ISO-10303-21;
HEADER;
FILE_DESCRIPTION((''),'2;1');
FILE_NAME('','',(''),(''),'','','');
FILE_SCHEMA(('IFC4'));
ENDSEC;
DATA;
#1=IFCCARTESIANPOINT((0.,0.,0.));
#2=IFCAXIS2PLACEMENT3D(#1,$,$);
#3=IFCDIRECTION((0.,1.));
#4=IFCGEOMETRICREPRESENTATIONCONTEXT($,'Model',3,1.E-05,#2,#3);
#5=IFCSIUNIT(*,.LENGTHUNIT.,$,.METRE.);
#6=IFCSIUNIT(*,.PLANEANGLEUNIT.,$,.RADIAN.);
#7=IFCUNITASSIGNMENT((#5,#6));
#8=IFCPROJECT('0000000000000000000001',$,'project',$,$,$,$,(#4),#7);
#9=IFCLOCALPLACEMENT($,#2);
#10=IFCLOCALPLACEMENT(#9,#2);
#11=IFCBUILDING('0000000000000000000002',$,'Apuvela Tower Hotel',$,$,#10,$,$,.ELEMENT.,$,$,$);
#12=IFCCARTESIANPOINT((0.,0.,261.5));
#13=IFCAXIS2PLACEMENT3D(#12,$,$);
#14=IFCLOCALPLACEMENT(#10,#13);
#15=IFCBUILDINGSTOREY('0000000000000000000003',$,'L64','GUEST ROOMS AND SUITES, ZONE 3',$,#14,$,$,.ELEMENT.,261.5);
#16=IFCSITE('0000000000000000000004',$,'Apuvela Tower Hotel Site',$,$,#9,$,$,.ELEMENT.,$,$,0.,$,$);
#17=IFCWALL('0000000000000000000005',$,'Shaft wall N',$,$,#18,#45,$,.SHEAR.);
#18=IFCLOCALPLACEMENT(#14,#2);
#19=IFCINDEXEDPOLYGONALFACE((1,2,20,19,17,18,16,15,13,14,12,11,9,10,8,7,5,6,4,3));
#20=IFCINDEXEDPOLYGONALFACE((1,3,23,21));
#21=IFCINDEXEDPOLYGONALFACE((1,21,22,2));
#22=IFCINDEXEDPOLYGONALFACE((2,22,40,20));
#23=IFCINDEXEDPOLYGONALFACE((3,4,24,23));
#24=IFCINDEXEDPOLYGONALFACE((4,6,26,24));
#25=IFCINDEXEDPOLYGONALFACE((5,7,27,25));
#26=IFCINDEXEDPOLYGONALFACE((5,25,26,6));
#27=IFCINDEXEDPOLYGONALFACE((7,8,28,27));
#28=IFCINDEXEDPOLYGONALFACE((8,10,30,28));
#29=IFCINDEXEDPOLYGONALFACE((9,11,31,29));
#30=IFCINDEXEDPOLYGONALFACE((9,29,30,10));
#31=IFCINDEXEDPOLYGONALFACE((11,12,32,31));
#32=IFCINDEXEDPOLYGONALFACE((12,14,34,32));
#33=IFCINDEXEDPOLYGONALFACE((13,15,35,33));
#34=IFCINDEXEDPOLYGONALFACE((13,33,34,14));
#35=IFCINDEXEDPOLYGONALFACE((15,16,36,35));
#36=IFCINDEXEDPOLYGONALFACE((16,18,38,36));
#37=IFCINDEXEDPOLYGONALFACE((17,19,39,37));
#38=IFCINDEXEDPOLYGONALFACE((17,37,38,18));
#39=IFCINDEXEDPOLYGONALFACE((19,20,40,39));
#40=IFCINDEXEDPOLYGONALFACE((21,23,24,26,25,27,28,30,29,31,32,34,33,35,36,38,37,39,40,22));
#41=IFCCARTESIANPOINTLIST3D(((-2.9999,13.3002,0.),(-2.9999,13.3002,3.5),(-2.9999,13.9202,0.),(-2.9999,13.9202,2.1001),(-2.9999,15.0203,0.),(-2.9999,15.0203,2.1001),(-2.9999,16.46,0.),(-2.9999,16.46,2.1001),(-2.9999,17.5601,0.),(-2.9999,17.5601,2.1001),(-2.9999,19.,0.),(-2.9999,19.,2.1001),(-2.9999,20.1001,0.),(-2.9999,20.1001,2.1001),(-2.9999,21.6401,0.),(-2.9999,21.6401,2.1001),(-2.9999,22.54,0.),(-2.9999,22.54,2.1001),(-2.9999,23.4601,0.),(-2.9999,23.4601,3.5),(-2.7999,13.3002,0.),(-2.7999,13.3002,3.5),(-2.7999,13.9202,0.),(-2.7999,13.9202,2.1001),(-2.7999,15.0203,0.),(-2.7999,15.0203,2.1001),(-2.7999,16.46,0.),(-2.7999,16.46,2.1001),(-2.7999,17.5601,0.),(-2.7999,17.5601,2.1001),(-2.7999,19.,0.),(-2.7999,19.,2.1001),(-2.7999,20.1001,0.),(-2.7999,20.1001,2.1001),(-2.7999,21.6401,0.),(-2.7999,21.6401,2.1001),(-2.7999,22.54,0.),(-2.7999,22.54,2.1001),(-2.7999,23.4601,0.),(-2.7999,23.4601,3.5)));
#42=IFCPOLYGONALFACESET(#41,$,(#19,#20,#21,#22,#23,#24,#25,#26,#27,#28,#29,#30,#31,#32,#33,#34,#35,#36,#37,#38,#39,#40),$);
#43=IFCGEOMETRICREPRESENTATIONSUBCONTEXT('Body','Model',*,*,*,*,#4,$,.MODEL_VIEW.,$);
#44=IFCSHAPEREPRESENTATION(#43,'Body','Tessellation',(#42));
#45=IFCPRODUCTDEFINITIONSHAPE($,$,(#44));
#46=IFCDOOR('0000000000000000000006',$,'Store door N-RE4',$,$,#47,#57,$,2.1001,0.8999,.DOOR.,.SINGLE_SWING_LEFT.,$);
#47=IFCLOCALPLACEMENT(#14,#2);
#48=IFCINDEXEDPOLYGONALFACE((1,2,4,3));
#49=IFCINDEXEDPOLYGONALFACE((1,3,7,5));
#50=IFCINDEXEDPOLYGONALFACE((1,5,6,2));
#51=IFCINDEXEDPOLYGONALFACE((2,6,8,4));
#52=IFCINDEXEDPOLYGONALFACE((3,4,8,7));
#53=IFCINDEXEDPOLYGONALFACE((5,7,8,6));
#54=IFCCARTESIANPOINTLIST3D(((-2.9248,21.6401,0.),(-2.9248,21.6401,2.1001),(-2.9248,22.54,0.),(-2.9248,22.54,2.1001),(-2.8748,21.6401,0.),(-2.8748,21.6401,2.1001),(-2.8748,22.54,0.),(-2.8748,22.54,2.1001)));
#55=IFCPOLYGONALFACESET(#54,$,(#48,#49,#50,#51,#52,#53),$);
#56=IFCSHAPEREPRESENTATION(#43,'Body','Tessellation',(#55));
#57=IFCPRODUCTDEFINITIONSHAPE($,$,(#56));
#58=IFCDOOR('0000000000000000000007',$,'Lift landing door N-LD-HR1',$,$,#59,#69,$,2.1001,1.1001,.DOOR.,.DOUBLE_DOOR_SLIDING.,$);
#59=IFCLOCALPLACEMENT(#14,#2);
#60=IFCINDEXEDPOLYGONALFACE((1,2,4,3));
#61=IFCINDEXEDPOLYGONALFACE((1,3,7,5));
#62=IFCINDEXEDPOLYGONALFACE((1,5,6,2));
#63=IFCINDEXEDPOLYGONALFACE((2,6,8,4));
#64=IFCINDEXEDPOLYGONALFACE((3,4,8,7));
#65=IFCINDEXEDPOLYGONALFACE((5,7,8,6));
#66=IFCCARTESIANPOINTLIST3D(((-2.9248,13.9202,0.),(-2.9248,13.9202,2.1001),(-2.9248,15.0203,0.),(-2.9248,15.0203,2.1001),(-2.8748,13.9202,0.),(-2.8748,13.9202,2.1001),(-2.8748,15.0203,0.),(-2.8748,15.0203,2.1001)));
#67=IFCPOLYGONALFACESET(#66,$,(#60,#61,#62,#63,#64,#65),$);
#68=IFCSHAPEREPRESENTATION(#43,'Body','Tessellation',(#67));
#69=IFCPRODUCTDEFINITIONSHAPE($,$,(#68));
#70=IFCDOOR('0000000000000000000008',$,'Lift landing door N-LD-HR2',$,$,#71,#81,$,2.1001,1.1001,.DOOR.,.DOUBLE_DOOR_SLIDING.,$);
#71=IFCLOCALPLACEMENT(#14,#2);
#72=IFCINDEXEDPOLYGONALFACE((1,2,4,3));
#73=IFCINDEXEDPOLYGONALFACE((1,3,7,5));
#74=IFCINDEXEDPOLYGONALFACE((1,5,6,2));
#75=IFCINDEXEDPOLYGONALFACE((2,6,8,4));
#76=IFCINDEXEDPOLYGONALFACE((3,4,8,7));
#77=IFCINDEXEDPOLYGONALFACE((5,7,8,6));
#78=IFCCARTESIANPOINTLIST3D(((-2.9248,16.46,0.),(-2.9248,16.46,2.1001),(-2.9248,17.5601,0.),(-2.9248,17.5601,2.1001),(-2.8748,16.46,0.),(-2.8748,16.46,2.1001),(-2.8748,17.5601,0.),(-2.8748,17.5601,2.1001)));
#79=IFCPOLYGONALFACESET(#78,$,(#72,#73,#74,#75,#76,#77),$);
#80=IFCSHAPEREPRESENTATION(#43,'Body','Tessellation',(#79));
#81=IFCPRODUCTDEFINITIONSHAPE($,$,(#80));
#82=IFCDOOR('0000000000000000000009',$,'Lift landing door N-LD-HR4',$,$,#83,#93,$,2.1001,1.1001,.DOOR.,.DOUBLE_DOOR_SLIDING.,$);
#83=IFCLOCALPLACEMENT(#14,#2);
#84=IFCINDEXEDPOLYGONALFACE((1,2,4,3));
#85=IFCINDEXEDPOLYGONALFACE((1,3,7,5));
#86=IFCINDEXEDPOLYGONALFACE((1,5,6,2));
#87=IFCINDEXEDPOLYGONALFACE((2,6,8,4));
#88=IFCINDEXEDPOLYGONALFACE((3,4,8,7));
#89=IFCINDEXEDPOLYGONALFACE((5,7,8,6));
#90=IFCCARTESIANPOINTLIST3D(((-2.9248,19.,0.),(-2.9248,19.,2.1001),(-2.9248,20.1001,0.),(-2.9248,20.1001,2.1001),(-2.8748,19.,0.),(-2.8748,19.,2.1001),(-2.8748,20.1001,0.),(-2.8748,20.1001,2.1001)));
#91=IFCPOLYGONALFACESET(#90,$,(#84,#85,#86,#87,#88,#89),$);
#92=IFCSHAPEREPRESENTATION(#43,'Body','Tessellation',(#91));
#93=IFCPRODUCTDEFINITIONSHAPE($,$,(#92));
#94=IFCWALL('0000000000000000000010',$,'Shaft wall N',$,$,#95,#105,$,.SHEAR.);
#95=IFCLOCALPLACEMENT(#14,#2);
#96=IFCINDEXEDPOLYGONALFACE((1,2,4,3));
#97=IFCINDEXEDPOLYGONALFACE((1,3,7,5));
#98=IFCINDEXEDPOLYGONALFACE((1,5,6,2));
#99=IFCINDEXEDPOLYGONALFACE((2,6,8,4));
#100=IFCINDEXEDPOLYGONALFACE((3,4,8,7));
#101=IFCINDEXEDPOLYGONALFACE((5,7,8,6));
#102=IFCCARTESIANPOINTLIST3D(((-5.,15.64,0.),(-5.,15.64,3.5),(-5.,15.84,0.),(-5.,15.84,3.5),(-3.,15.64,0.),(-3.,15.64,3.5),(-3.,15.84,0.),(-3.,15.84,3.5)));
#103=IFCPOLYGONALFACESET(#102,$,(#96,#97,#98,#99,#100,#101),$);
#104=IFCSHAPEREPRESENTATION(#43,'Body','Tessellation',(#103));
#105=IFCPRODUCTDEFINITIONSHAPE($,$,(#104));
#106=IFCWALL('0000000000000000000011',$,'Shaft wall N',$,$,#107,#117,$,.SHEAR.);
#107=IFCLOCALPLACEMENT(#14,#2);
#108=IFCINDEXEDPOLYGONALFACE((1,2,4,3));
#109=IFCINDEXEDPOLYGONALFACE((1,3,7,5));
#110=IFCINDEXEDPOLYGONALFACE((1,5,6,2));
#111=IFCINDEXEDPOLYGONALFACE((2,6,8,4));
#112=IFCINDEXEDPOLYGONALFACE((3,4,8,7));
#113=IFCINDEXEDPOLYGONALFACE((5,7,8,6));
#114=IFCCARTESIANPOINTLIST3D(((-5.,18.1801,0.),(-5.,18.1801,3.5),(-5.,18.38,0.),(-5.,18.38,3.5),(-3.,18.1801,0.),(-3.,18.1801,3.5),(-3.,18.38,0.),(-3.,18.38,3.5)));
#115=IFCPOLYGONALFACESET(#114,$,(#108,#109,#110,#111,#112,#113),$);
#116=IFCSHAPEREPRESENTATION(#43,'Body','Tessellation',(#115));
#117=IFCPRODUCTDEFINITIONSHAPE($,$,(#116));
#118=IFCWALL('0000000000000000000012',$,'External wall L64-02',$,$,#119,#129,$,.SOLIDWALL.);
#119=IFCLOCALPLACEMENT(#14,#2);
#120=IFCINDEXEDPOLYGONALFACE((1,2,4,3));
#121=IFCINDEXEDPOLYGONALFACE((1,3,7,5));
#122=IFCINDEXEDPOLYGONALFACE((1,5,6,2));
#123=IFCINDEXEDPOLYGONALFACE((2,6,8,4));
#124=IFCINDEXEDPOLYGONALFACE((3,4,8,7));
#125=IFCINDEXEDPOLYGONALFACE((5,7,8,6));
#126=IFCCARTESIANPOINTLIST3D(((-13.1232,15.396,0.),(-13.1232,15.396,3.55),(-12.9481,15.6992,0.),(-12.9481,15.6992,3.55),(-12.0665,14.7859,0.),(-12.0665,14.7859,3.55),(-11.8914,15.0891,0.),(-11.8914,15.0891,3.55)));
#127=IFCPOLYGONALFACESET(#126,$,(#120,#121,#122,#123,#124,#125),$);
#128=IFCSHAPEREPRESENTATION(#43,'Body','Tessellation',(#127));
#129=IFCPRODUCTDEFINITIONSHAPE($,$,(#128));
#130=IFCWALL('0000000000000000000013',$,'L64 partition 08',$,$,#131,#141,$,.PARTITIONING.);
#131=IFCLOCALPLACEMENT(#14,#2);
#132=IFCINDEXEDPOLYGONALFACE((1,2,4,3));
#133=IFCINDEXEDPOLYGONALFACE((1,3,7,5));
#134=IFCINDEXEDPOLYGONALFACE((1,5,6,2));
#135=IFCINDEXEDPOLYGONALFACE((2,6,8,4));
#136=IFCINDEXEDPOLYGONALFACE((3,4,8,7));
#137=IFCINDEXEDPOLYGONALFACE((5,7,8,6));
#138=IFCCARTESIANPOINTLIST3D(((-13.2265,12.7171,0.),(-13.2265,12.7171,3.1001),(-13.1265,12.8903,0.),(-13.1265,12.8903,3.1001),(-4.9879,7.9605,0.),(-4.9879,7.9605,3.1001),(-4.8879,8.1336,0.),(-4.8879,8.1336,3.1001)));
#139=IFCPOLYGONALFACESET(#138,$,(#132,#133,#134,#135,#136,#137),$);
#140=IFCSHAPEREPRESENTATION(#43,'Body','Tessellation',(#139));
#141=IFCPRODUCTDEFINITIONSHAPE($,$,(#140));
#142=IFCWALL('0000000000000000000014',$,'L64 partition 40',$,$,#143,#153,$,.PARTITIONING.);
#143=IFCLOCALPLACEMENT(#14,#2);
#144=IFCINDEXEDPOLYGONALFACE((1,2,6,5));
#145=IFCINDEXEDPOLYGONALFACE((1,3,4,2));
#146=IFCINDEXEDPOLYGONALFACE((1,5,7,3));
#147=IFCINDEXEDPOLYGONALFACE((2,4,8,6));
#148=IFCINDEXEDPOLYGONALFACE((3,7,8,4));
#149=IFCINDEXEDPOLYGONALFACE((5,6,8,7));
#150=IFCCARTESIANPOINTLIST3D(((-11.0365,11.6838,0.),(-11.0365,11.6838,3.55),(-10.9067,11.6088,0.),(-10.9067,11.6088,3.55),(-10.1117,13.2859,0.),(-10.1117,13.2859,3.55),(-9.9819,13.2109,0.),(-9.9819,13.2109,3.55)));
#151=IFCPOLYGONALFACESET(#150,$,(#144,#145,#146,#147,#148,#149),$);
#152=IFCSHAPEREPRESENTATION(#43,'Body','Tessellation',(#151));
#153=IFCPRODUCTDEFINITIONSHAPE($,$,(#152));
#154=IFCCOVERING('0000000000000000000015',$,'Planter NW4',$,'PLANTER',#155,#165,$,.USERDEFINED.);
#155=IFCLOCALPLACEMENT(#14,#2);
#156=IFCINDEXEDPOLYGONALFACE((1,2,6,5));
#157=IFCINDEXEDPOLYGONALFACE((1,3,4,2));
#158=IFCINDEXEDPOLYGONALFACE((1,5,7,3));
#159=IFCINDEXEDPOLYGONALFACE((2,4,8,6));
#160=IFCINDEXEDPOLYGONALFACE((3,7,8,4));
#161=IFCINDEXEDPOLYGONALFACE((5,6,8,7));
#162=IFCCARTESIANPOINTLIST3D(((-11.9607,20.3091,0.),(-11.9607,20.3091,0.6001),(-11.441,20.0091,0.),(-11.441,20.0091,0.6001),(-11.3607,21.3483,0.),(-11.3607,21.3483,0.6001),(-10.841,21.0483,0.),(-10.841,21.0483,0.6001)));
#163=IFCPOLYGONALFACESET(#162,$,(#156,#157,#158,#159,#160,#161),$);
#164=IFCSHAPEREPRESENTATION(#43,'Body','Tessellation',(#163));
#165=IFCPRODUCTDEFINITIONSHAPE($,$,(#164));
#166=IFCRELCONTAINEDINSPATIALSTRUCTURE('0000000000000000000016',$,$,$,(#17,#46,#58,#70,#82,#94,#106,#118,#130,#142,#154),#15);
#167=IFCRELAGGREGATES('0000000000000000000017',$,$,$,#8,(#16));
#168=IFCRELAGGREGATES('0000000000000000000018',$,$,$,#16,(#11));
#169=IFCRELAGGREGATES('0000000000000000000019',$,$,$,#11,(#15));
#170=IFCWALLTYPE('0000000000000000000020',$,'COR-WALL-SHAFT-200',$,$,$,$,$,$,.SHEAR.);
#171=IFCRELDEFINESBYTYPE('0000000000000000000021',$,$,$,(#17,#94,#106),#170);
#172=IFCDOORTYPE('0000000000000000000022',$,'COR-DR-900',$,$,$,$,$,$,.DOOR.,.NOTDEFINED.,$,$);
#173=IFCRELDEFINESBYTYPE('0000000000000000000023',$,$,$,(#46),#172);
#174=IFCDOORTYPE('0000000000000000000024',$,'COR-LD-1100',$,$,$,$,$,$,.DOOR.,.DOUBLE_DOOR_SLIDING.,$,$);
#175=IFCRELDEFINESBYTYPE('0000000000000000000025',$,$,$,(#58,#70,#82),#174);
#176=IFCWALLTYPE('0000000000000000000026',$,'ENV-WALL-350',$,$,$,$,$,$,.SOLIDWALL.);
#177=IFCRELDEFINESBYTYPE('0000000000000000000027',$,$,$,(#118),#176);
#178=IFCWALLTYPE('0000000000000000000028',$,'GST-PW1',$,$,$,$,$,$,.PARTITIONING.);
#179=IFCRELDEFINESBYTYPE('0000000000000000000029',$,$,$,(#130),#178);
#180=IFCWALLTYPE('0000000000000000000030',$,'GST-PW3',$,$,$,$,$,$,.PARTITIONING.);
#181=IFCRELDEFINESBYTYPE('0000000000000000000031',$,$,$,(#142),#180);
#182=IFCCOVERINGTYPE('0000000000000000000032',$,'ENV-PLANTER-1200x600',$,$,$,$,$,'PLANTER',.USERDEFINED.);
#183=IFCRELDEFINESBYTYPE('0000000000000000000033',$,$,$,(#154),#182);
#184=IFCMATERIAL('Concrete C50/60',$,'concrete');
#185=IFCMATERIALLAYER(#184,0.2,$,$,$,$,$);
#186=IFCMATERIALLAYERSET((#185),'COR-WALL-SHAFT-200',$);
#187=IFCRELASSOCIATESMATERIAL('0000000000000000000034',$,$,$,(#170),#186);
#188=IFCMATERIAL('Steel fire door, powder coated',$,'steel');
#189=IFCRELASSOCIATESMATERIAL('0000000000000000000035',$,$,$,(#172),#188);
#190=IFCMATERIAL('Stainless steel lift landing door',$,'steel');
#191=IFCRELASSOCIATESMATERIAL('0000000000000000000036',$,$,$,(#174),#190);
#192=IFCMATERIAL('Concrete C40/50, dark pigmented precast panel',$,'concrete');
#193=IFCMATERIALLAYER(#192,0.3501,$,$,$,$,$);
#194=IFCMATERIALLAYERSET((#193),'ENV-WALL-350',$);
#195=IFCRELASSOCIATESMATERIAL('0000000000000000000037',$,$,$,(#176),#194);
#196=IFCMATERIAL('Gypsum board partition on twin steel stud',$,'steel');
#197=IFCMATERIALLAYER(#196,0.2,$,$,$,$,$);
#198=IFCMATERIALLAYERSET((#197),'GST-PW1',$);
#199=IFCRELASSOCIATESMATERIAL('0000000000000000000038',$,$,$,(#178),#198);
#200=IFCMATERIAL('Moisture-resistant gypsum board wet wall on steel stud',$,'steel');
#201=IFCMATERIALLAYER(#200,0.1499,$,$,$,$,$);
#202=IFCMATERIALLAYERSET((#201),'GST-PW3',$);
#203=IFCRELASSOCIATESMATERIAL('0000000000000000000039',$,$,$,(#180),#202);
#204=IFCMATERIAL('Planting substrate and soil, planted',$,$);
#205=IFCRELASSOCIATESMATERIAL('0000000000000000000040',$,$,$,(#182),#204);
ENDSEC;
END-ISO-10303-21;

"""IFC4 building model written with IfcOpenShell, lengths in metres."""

from ifc_helpers import new_model, si_unit, direction, frame, frame_2d, origin, origin_2d, place, context, subcontext, project, spatial, rectangle, extrude, material, layer, layer_set, type_object, element, fill, save


model = new_model("IFC4")

# Units and contexts
model_context = context("Model", 3, precision=1e-05, world=origin(), true_north=direction((0.0, 1.0)))
body_context = subcontext(model_context, "Body", "Model", "MODEL_VIEW")
ifc_project = project(units=[si_unit("LENGTHUNIT", "METRE"), si_unit("PLANEANGLEUNIT", "RADIAN")], contexts=[model_context])

# Site, building, storey
site_placement = place(None, origin())
site = spatial("IfcSite", under=ifc_project, at=site_placement, Name="Apuvela Tower Hotel Site", CompositionType="ELEMENT", RefElevation=0.0)
building_placement = place(site_placement, origin())
building = spatial("IfcBuilding", under=site, at=building_placement, Name="Apuvela Tower Hotel", CompositionType="ELEMENT")
storey_placement = place(building_placement, frame((0.0, 0.0, 261.5)))
storey = spatial("IfcBuildingStorey", under=building, at=storey_placement, Name="L64", Description="GUEST ROOMS AND SUITES, ZONE 3", CompositionType="ELEMENT", Elevation=261.5)

# Shared definitions
ifc_material_1 = material(Name="Concrete C50/60", Category="concrete")
ifc_layer_1 = layer(ifc_material_1, 0.2)
ifc_layer_set_1 = layer_set([ifc_layer_1], Name="COR-WALL-SHAFT-200")
wall_type_1 = type_object("IfcWallType", Name="COR-WALL-SHAFT-200", PredefinedType="SHEAR", material=ifc_layer_set_1)

# Wall, openings, doors
wall_1_placement = place(storey_placement, frame((-2.8999, 13.3, 0.0), z_axis=(0.0, 0.0, 1.0), x_axis=(0.0, 1.0, 0.0)))
wall_1 = element("IfcWall", 1, at=wall_1_placement, inside=storey, type_object=wall_type_1, Name="Shaft wall N", PredefinedType="SHEAR", context=body_context, shape_type="SweptSolid", body=[
    extrude(rectangle(XDim=10.1599, YDim=0.2, at=frame_2d((5.0801, 0.0))), origin(), (0.0, 0.0, 1.0), 3.5),
])
opening_1_placement = place(wall_1_placement, frame((0.6201, 0.0, 0.0)))
opening_1 = element("IfcOpeningElement", 2, at=opening_1_placement, cuts=wall_1, PredefinedType="OPENING", context=body_context, shape_type="SweptSolid", body=[
    extrude(rectangle(XDim=1.1001, YDim=2.1001, at=frame_2d((0.55, 1.05))), frame((0.0, 0.1099, 0.0), z_axis=(0.0, -1.0, 0.0), x_axis=(1.0, 0.0, 0.0)), (0.0, 0.0, 1.0), 0.22),
])
opening_2_placement = place(wall_1_placement, frame((3.1599, 0.0, 0.0)))
opening_2 = element("IfcOpeningElement", 3, at=opening_2_placement, cuts=wall_1, PredefinedType="OPENING", context=body_context, shape_type="SweptSolid", body=[
    extrude(rectangle(XDim=1.1001, YDim=2.1001, at=frame_2d((0.55, 1.05))), frame((0.0, 0.1099, 0.0), z_axis=(0.0, -1.0, 0.0), x_axis=(1.0, 0.0, 0.0)), (0.0, 0.0, 1.0), 0.22),
])
opening_3_placement = place(wall_1_placement, frame((5.7, 0.0, 0.0)))
opening_3 = element("IfcOpeningElement", 4, at=opening_3_placement, cuts=wall_1, PredefinedType="OPENING", context=body_context, shape_type="SweptSolid", body=[
    extrude(rectangle(XDim=1.1001, YDim=2.1001, at=frame_2d((0.55, 1.05))), frame((0.0, 0.1099, 0.0), z_axis=(0.0, -1.0, 0.0), x_axis=(1.0, 0.0, 0.0)), (0.0, 0.0, 1.0), 0.22),
])
opening_4_placement = place(wall_1_placement, frame((8.3401, 0.0, 0.0)))
opening_4 = element("IfcOpeningElement", 5, at=opening_4_placement, cuts=wall_1, PredefinedType="OPENING", context=body_context, shape_type="SweptSolid", body=[
    extrude(rectangle(XDim=0.8999, YDim=2.1001, at=frame_2d((0.45, 1.05))), frame((0.0, 0.1099, 0.0), z_axis=(0.0, -1.0, 0.0), x_axis=(1.0, 0.0, 0.0)), (0.0, 0.0, 1.0), 0.22),
])
ifc_material_2 = material(Name="Steel fire door, powder coated", Category="steel")
door_type_1 = type_object("IfcDoorType", Name="COR-DR-900", OperationType="NOTDEFINED", PredefinedType="DOOR", material=ifc_material_2)
door_1_placement = place(opening_4_placement, origin())
door_1 = element("IfcDoor", 6, at=door_1_placement, inside=storey, type_object=door_type_1, Name="Store door N-RE4", OperationType="SINGLE_SWING_LEFT", OverallHeight=2.1001, OverallWidth=0.8999, PredefinedType="DOOR", context=body_context, shape_type="SweptSolid", body=[
    extrude(rectangle(XDim=0.8999, YDim=2.1001, at=frame_2d((0.45, 1.05))), frame((0.0, 0.0249, 0.0), z_axis=(0.0, -1.0, 0.0), x_axis=(1.0, 0.0, 0.0)), (0.0, 0.0, 1.0), 0.05),
])
fill(opening_4, door_1)
ifc_material_3 = material(Name="Stainless steel lift landing door", Category="steel")
door_type_2 = type_object("IfcDoorType", Name="COR-LD-1100", OperationType="DOUBLE_DOOR_SLIDING", PredefinedType="DOOR", material=ifc_material_3)
door_2_placement = place(opening_1_placement, origin())
door_2 = element("IfcDoor", 7, at=door_2_placement, inside=storey, type_object=door_type_2, Name="Lift landing door N-LD-HR1", OperationType="DOUBLE_DOOR_SLIDING", OverallHeight=2.1001, OverallWidth=1.1001, PredefinedType="DOOR", context=body_context, shape_type="SweptSolid", body=[
    extrude(rectangle(XDim=1.1001, YDim=2.1001, at=frame_2d((0.55, 1.05))), frame((0.0, 0.0249, 0.0), z_axis=(0.0, -1.0, 0.0), x_axis=(1.0, 0.0, 0.0)), (0.0, 0.0, 1.0), 0.05),
])
fill(opening_1, door_2)
door_3_placement = place(opening_2_placement, origin())
door_3 = element("IfcDoor", 8, at=door_3_placement, inside=storey, type_object=door_type_2, Name="Lift landing door N-LD-HR2", OperationType="DOUBLE_DOOR_SLIDING", OverallHeight=2.1001, OverallWidth=1.1001, PredefinedType="DOOR", context=body_context, shape_type="SweptSolid", body=[
    extrude(rectangle(XDim=1.1001, YDim=2.1001, at=frame_2d((0.55, 1.05))), frame((0.0, 0.0249, 0.0), z_axis=(0.0, -1.0, 0.0), x_axis=(1.0, 0.0, 0.0)), (0.0, 0.0, 1.0), 0.05),
])
fill(opening_2, door_3)
door_4_placement = place(opening_3_placement, origin())
door_4 = element("IfcDoor", 9, at=door_4_placement, inside=storey, type_object=door_type_2, Name="Lift landing door N-LD-HR4", OperationType="DOUBLE_DOOR_SLIDING", OverallHeight=2.1001, OverallWidth=1.1001, PredefinedType="DOOR", context=body_context, shape_type="SweptSolid", body=[
    extrude(rectangle(XDim=1.1001, YDim=2.1001, at=frame_2d((0.55, 1.05))), frame((0.0, 0.0249, 0.0), z_axis=(0.0, -1.0, 0.0), x_axis=(1.0, 0.0, 0.0)), (0.0, 0.0, 1.0), 0.05),
])
fill(opening_3, door_4)

# Walls
for number, where, z_axis, x_axis, name in (
    (10, (-3.0, 15.74, 0.0), (0.0, 0.0, 1.0), (-1.0, 0.0, 0.0), "Shaft wall N"),
    (11, (-3.0, 18.28, 0.0), (0.0, 0.0, 1.0), (-1.0, 0.0, 0.0), "Shaft wall N"),
):
    element("IfcWall", number, at=place(storey_placement, frame(where, z_axis=z_axis, x_axis=x_axis)), inside=storey, type_object=wall_type_1, Name=name, PredefinedType="SHEAR", context=body_context, shape_type="SweptSolid", body=[
        extrude(rectangle(XDim=2.0, YDim=0.2, at=frame_2d((1.0, 0.0))), origin(), (0.0, 0.0, 1.0), 3.5),
    ])
ifc_material_4 = material(Name="Concrete C40/50, dark pigmented precast panel", Category="concrete")
ifc_layer_2 = layer(ifc_material_4, 0.3501)
ifc_layer_set_2 = layer_set([ifc_layer_2], Name="ENV-WALL-350")
wall_type_2 = type_object("IfcWallType", Name="ENV-WALL-350", PredefinedType="SOLIDWALL", material=ifc_layer_set_2)
wall_2_placement = place(storey_placement, frame((-13.0356, 15.5476, 0.0), z_axis=(0.0, 0.0, 1.0), x_axis=(0.866006, -0.500034, 0.0)))
element("IfcWall", 12, at=wall_2_placement, inside=storey, type_object=wall_type_2, Name="External wall L64-02", PredefinedType="SOLIDWALL", context=body_context, shape_type="SweptSolid", body=[
    extrude(rectangle(XDim=1.2202, YDim=0.3501, at=frame_2d((0.6101, 0.0))), origin(), (0.0, 0.0, 1.0), 3.55),
])

# Walls
ifc_material_5 = material(Name="Gypsum board partition on twin steel stud", Category="steel")
ifc_layer_3 = layer(ifc_material_5, 0.2)
ifc_layer_set_3 = layer_set([ifc_layer_3], Name="GST-PW1")
wall_type_3 = type_object("IfcWallType", Name="GST-PW1", PredefinedType="PARTITIONING", material=ifc_layer_set_3)
wall_3_placement = place(storey_placement, frame((-13.1765, 12.8037, 0.0), z_axis=(0.0, 0.0, 1.0), x_axis=(0.866022, -0.500006, 0.0)))
element("IfcWall", 13, at=wall_3_placement, inside=storey, type_object=wall_type_3, Name="L64 partition 08", PredefinedType="PARTITIONING", context=body_context, shape_type="SweptSolid", body=[
    extrude(rectangle(XDim=9.5132, YDim=0.2, at=frame_2d((4.7566, 0.0))), origin(), (0.0, 0.0, 1.0), 3.1001),
])
ifc_material_6 = material(Name="Moisture-resistant gypsum board wet wall on steel stud", Category="steel")
ifc_layer_4 = layer(ifc_material_6, 0.1499)
ifc_layer_set_4 = layer_set([ifc_layer_4], Name="GST-PW3")
wall_type_4 = type_object("IfcWallType", Name="GST-PW3", PredefinedType="PARTITIONING", material=ifc_layer_set_4)
wall_4_placement = place(storey_placement, frame((-10.0469, 13.2483, 0.0), z_axis=(0.0, 0.0, 1.0), x_axis=(-0.499943, -0.866058, 0.0)))
element("IfcWall", 14, at=wall_4_placement, inside=storey, type_object=wall_type_4, Name="L64 partition 40", PredefinedType="PARTITIONING", context=body_context, shape_type="SweptSolid", body=[
    extrude(rectangle(XDim=1.8499, YDim=0.1499, at=frame_2d((0.9248, 0.0))), origin(), (0.0, 0.0, 1.0), 3.55),
])

# Covering
ifc_material_7 = material(Name="Planting substrate and soil, planted")
covering_type = type_object("IfcCoveringType", Name="ENV-PLANTER-1200x600", ElementType="PLANTER", PredefinedType="USERDEFINED", material=ifc_material_7)
covering_placement = place(storey_placement, frame((-11.4009, 20.6787, 0.0), z_axis=(0.0, 0.0, 1.0), x_axis=(-0.5, -0.866025, 0.0)))
element("IfcCovering", 15, at=covering_placement, inside=storey, type_object=covering_type, Name="Planter NW4", ObjectType="PLANTER", PredefinedType="USERDEFINED", context=body_context, shape_type="SweptSolid", body=[
    extrude(rectangle(XDim=1.2, YDim=0.6001, at=origin_2d()), origin(), (0.0, 0.0, 1.0), 0.6001),
])

save(model, "model.ifc")
